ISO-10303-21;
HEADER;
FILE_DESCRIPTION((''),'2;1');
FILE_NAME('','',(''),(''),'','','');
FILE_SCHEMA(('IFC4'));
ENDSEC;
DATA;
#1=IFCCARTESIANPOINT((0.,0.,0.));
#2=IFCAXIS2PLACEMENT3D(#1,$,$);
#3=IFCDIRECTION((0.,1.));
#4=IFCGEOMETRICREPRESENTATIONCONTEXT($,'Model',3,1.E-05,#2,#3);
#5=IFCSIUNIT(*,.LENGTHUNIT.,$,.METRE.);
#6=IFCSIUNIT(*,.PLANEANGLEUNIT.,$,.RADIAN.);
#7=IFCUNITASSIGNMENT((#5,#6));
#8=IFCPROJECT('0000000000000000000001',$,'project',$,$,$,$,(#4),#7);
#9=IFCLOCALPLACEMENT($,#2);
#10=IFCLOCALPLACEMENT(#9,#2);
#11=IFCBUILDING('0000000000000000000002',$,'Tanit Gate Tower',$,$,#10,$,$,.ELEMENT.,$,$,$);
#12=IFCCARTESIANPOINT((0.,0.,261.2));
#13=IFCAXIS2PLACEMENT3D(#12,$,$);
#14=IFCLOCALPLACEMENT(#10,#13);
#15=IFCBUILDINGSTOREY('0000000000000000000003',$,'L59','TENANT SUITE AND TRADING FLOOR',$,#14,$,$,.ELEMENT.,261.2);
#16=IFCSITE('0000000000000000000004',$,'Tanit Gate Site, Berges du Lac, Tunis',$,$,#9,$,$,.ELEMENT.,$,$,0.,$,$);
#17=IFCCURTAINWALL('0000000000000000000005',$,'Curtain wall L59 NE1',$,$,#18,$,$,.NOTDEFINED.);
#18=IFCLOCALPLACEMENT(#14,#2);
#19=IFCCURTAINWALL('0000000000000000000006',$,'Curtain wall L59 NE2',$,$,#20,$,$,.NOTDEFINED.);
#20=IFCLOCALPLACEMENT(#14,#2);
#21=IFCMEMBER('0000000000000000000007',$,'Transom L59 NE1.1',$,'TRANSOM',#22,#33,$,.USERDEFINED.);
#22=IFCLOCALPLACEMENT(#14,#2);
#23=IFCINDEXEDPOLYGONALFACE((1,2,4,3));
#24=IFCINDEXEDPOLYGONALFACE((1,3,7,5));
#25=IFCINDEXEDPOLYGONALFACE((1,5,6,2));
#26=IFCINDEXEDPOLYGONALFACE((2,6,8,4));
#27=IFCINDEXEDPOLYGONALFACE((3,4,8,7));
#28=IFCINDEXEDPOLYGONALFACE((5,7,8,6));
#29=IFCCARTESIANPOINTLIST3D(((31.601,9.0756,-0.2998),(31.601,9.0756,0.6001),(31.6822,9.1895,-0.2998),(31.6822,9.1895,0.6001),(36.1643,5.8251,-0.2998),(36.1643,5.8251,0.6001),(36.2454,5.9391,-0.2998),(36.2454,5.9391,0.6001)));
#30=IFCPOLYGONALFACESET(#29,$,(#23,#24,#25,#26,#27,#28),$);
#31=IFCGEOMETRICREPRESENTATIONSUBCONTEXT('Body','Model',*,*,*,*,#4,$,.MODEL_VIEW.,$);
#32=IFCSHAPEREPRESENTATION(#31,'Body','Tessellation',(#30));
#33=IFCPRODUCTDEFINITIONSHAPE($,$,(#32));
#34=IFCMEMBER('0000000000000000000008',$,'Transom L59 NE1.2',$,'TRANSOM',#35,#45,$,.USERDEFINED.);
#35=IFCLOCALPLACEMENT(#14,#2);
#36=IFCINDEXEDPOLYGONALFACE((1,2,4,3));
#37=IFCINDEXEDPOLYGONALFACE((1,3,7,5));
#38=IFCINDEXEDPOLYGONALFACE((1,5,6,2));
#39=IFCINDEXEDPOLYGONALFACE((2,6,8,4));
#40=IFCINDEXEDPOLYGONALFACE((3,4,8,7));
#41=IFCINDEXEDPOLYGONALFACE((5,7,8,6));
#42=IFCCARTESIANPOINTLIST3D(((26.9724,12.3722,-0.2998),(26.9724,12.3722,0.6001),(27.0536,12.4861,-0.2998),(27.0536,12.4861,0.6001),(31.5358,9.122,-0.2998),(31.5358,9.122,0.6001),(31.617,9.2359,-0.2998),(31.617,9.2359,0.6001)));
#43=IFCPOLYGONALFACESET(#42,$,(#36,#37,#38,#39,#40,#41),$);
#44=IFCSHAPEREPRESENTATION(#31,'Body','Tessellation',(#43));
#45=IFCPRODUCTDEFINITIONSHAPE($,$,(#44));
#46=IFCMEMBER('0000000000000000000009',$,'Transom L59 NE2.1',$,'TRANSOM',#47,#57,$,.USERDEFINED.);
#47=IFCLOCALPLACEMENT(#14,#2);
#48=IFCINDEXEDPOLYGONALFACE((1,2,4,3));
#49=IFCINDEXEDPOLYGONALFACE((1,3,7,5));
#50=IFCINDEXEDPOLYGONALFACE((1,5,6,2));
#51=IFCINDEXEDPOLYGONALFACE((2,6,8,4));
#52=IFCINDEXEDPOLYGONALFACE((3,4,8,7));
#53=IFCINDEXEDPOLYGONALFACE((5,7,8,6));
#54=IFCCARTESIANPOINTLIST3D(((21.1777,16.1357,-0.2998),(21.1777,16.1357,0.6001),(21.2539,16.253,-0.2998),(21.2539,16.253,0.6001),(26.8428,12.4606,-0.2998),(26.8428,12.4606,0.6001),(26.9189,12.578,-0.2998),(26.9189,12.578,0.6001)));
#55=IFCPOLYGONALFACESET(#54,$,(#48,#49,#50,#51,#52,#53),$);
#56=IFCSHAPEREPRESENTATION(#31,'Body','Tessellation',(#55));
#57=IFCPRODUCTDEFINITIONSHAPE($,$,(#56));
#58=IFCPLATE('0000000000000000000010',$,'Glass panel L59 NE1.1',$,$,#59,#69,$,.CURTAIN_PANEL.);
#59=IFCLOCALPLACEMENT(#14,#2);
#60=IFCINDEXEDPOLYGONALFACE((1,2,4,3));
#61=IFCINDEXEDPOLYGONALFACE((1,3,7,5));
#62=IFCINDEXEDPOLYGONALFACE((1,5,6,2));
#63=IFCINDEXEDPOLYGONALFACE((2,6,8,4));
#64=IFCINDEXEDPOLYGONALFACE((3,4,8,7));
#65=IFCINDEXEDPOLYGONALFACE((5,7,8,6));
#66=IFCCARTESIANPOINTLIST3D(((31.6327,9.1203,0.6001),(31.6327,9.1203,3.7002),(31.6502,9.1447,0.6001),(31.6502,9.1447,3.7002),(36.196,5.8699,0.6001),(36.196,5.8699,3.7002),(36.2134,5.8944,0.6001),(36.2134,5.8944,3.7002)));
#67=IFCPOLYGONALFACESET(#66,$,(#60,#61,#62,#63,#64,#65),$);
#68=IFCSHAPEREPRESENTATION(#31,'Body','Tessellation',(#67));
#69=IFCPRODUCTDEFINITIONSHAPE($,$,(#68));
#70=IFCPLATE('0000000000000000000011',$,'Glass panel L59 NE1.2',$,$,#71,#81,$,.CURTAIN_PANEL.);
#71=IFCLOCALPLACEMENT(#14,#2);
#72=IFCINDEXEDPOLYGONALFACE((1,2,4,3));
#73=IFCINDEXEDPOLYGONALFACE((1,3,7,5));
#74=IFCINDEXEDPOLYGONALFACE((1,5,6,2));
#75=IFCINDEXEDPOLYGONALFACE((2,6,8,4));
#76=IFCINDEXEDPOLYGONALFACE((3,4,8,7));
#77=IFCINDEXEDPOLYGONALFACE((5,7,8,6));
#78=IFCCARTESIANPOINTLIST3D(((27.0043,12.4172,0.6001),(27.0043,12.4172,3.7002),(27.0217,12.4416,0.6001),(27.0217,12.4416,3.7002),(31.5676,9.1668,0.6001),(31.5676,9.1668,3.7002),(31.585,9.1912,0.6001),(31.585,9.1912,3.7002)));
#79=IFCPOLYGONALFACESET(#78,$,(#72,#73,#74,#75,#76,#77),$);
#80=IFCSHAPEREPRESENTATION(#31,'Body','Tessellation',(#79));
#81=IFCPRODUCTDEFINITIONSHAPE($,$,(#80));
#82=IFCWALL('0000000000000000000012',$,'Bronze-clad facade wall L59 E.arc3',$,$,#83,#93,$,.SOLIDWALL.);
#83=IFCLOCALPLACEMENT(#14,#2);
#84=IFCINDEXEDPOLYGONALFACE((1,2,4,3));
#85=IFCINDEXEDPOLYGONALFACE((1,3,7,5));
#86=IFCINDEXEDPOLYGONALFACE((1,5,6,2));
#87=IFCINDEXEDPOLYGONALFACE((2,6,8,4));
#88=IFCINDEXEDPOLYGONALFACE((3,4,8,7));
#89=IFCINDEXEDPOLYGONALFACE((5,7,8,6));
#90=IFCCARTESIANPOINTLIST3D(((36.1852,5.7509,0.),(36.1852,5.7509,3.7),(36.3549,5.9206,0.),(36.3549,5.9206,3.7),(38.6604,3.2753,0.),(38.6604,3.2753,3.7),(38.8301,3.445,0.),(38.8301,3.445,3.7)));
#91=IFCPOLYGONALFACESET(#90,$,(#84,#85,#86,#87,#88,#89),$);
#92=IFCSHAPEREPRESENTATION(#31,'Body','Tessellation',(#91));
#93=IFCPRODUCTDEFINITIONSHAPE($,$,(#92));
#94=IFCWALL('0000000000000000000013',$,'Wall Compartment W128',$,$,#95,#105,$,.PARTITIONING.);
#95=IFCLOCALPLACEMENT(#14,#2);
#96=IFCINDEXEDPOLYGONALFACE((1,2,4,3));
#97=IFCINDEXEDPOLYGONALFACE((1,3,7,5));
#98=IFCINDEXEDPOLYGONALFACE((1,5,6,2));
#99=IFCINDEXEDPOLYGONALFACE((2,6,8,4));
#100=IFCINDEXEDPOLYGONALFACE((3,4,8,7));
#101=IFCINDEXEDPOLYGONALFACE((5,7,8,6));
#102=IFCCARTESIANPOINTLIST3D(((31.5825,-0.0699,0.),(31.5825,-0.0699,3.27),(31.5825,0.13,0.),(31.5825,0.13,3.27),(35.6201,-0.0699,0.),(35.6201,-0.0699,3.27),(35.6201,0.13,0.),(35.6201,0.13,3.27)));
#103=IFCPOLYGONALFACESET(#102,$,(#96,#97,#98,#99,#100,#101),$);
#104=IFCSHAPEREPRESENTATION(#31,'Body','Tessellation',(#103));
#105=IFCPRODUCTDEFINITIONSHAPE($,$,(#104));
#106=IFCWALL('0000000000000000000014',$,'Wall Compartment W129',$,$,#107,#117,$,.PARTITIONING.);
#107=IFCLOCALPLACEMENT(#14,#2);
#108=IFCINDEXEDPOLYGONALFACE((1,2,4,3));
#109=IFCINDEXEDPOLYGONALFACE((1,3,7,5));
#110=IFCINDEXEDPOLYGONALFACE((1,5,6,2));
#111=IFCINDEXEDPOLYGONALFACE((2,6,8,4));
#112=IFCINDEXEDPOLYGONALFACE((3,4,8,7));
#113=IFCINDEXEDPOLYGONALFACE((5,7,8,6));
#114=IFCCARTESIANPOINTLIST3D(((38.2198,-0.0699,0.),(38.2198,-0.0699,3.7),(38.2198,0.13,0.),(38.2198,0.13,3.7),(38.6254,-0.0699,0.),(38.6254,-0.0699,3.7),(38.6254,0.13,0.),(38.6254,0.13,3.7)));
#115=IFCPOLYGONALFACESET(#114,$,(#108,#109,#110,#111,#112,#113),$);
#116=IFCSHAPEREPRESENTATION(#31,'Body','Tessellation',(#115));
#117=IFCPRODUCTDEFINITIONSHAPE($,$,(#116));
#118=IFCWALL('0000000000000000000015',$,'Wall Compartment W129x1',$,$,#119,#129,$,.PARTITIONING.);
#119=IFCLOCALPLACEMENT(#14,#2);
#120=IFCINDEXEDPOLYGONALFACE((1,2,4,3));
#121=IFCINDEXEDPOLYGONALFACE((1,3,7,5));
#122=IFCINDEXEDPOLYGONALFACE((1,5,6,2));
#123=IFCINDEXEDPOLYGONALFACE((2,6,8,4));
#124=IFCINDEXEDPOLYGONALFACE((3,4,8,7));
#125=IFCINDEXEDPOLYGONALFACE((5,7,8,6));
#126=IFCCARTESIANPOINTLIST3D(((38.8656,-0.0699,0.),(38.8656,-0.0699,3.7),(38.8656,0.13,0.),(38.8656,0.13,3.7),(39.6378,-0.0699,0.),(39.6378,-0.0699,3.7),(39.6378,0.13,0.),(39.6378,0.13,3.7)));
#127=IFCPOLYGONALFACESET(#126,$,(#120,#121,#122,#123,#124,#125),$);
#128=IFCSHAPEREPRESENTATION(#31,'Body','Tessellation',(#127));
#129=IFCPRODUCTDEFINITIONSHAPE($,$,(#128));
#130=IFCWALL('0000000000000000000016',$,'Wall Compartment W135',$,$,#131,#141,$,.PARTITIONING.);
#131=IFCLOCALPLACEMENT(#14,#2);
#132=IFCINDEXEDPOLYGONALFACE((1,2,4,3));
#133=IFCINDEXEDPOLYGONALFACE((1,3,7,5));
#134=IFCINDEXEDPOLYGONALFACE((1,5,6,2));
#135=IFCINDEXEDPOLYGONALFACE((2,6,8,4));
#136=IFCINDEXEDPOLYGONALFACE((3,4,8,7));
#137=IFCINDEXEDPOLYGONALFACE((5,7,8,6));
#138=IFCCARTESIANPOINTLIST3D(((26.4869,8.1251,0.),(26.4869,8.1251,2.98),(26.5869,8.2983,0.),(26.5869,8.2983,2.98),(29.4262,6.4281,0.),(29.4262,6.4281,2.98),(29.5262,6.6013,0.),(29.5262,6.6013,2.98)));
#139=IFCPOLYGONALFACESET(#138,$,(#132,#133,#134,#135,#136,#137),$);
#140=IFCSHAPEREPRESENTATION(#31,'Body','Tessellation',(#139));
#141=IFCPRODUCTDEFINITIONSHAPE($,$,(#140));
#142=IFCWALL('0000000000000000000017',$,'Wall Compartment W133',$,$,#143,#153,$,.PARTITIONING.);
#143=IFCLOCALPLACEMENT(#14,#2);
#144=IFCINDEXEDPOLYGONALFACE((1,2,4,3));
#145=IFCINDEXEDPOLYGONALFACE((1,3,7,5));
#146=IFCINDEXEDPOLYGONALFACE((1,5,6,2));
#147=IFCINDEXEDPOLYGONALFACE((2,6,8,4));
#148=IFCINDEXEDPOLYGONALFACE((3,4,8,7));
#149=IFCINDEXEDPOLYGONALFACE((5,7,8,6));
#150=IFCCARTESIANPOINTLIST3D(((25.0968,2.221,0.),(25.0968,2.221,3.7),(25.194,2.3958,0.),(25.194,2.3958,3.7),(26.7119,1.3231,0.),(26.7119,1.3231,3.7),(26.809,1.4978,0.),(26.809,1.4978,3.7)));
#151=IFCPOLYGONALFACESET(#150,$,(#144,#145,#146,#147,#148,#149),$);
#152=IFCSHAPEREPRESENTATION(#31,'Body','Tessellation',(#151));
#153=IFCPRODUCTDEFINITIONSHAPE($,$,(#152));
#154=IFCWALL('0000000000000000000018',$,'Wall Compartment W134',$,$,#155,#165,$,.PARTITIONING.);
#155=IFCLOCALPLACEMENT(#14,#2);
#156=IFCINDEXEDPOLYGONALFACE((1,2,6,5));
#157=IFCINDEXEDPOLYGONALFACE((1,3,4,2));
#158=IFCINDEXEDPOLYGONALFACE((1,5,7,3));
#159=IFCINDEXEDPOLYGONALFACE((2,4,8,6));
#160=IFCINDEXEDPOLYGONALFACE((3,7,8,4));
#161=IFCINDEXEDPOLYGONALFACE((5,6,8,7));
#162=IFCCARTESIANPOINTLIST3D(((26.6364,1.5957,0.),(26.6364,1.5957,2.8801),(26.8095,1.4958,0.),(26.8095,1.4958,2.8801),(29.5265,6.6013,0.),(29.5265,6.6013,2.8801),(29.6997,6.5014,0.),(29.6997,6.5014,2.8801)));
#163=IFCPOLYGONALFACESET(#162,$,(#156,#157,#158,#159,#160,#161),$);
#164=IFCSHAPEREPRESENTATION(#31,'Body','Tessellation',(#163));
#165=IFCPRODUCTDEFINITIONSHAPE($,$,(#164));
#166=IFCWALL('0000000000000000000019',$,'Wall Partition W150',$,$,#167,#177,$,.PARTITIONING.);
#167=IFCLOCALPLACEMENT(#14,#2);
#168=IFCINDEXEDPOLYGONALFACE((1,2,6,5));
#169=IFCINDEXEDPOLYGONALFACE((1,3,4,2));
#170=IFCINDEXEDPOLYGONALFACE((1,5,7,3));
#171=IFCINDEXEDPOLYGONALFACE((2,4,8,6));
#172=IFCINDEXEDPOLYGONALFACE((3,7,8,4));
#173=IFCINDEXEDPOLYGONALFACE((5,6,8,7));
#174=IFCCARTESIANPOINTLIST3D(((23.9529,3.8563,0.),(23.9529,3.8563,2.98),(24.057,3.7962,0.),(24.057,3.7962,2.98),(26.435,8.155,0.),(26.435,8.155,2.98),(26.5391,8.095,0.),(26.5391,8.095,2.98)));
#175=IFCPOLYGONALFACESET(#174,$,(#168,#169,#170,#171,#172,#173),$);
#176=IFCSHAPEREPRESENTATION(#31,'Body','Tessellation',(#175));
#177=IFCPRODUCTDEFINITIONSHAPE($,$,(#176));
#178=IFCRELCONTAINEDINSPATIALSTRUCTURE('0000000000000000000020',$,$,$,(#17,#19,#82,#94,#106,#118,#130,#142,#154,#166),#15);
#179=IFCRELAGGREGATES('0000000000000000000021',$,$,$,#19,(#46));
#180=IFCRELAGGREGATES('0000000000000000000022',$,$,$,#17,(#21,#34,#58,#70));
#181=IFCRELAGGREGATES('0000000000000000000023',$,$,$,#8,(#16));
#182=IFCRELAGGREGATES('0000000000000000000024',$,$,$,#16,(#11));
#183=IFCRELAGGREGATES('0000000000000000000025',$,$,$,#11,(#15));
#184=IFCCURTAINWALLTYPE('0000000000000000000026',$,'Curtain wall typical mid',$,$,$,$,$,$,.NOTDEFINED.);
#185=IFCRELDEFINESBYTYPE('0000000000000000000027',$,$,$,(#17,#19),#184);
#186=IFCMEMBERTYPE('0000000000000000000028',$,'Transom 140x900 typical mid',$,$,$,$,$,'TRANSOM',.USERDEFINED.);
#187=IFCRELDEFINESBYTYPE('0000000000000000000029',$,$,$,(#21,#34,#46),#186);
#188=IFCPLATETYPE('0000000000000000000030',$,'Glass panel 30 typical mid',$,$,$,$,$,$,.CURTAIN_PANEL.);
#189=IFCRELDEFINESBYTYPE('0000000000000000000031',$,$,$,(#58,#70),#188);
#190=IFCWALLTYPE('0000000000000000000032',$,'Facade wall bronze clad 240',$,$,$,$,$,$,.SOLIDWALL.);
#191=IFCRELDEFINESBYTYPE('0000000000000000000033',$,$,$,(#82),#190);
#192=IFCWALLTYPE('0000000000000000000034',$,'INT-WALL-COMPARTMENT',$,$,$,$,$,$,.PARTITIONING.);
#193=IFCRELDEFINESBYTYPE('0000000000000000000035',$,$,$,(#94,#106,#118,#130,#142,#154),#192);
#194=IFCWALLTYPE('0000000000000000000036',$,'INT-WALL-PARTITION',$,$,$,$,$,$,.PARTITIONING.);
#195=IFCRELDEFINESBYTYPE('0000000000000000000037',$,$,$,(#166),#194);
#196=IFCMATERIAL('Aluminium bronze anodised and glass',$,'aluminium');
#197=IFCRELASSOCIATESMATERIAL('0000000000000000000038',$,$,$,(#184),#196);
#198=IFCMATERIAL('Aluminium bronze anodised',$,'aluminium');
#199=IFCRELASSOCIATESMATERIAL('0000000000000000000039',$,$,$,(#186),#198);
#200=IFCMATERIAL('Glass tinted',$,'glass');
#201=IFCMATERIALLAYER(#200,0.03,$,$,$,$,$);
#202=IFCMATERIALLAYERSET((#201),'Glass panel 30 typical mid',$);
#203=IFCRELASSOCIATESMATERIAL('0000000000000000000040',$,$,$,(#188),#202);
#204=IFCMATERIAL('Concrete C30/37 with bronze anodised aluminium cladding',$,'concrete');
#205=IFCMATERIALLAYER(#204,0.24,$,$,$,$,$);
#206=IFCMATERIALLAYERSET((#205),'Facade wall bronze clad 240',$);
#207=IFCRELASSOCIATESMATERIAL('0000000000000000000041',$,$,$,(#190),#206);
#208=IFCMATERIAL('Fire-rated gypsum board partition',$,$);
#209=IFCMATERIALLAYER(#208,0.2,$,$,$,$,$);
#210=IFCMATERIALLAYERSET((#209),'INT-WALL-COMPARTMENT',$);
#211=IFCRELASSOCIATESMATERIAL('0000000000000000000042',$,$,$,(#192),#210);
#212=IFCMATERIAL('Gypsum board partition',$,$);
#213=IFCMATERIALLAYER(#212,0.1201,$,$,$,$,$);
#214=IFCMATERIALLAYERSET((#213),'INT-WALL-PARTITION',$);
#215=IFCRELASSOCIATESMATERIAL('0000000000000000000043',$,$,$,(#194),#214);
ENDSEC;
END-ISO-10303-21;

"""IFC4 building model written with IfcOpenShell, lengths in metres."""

from ifc_helpers import new_model, si_unit, direction, frame, frame_2d, origin, origin_2d, place, context, subcontext, project, spatial, rectangle, extrude, material, layer, layer_set, material_profile, profile_set, type_object, element, aggregate, save


model = new_model("IFC4")

# Units and contexts
model_context = context("Model", 3, precision=1e-05, world=origin(), true_north=direction((0.0, 1.0)))
body_context = subcontext(model_context, "Body", "Model", "MODEL_VIEW")
ifc_project = project(units=[si_unit("LENGTHUNIT", "METRE"), si_unit("PLANEANGLEUNIT", "RADIAN")], contexts=[model_context])

# Site, building, storey
site_placement = place(None, origin())
site = spatial("IfcSite", under=ifc_project, at=site_placement, Name="Tanit Gate Site, Berges du Lac, Tunis", CompositionType="ELEMENT", RefElevation=0.0)
building_placement = place(site_placement, origin())
building = spatial("IfcBuilding", under=site, at=building_placement, Name="Tanit Gate Tower", CompositionType="ELEMENT")
storey_placement = place(building_placement, frame((0.0, 0.0, 261.2)))
storey = spatial("IfcBuildingStorey", under=building, at=storey_placement, Name="L59", Description="TENANT SUITE AND TRADING FLOOR", CompositionType="ELEMENT", Elevation=261.2)

# Curtain walls
ifc_material_1 = material(Name="Aluminium bronze anodised and glass", Category="aluminium")
curtain_wall_type = type_object("IfcCurtainWallType", Name="Curtain wall typical mid", PredefinedType="NOTDEFINED", material=ifc_material_1)
curtain_wall_1_placement = place(storey_placement, origin())
curtain_wall_1 = element("IfcCurtainWall", 1, at=curtain_wall_1_placement, inside=storey, type_object=curtain_wall_type, Name="Curtain wall L59 NE1", PredefinedType="NOTDEFINED")
curtain_wall_2_placement = place(storey_placement, origin())
curtain_wall_2 = element("IfcCurtainWall", 2, at=curtain_wall_2_placement, inside=storey, type_object=curtain_wall_type, Name="Curtain wall L59 NE2", PredefinedType="NOTDEFINED")

# Members
ifc_material_2 = material(Name="Aluminium bronze anodised", Category="aluminium")
ifc_material_profile_1 = material_profile(ifc_material_2, rectangle(XDim=0.1399, YDim=0.8999, at=origin_2d()), Name="140x900 bronze transom")
ifc_profile_set_1 = profile_set([ifc_material_profile_1], Name="Aluminium bronze anodised")
member_type_1 = type_object("IfcMemberType", Name="Transom 140x900 typical mid", ElementType="TRANSOM", PredefinedType="USERDEFINED", material=ifc_profile_set_1)
member_1_placement = place(storey_placement, frame((36.2048, 5.8821, 0.1501), z_axis=(-0.814489, 0.580178, 0.0), x_axis=(-0.580178, -0.814489, 0.0)))
member_1 = element("IfcMember", 3, at=member_1_placement, type_object=member_type_1, Name="Transom L59 NE1.1", ObjectType="TRANSOM", PredefinedType="USERDEFINED", context=body_context, shape_type="SweptSolid", body=[
    extrude(rectangle(XDim=0.1399, YDim=0.8999, at=origin_2d()), origin(), (0.0, 0.0, 1.0), 5.6025),
])
member_2_placement = place(storey_placement, frame((31.5764, 9.179, 0.1501), z_axis=(-0.814525, 0.580129, 0.0), x_axis=(-0.580129, -0.814525, 0.0)))
member_2 = element("IfcMember", 4, at=member_2_placement, type_object=member_type_1, Name="Transom L59 NE1.2", ObjectType="TRANSOM", PredefinedType="USERDEFINED", context=body_context, shape_type="SweptSolid", body=[
    extrude(rectangle(XDim=0.1399, YDim=0.8999, at=origin_2d()), origin(), (0.0, 0.0, 1.0), 5.6025),
])
member_3_placement = place(storey_placement, frame((26.8809, 12.5193, 0.1501), z_axis=(-0.838932, 0.544236, 0.0), x_axis=(-0.544236, -0.838932, 0.0)))
member_3 = element("IfcMember", 5, at=member_3_placement, type_object=member_type_1, Name="Transom L59 NE2.1", ObjectType="TRANSOM", PredefinedType="USERDEFINED", context=body_context, shape_type="SweptSolid", body=[
    extrude(rectangle(XDim=0.1399, YDim=0.8999, at=origin_2d()), origin(), (0.0, 0.0, 1.0), 6.7527),
])
aggregate(curtain_wall_2, [member_3])

# Plates
ifc_material_3 = material(Name="Glass tinted", Category="glass")
ifc_layer_1 = layer(ifc_material_3, 0.03)
ifc_layer_set_1 = layer_set([ifc_layer_1], Name="Glass panel 30 typical mid")
plate_type = type_object("IfcPlateType", Name="Glass panel 30 typical mid", PredefinedType="CURTAIN_PANEL", material=ifc_layer_set_1)
plate_1_placement = place(storey_placement, frame((33.9231, 7.5073, 0.6001), z_axis=(0.0, 0.0, 1.0), x_axis=(-0.814503, 0.58016, 0.0)))
plate_1 = element("IfcPlate", 6, at=plate_1_placement, type_object=plate_type, Name="Glass panel L59 NE1.1", PredefinedType="CURTAIN_PANEL", context=body_context, shape_type="SweptSolid", body=[
    extrude(rectangle(XDim=5.6025, YDim=0.03, at=origin_2d()), origin(), (0.0, 0.0, 1.0), 3.1001),
])
plate_2_placement = place(storey_placement, frame((29.2947, 10.8042, 0.6001), z_axis=(0.0, 0.0, 1.0), x_axis=(-0.814503, 0.58016, 0.0)))
plate_2 = element("IfcPlate", 7, at=plate_2_placement, type_object=plate_type, Name="Glass panel L59 NE1.2", PredefinedType="CURTAIN_PANEL", context=body_context, shape_type="SweptSolid", body=[
    extrude(rectangle(XDim=5.6025, YDim=0.03, at=origin_2d()), origin(), (0.0, 0.0, 1.0), 3.1001),
])
aggregate(curtain_wall_1, [member_1, member_2, plate_1, plate_2])

# Walls
ifc_material_4 = material(Name="Concrete C30/37 with bronze anodised aluminium cladding", Category="concrete")
ifc_layer_2 = layer(ifc_material_4, 0.24)
ifc_layer_set_2 = layer_set([ifc_layer_2], Name="Facade wall bronze clad 240")
wall_type_1 = type_object("IfcWallType", Name="Facade wall bronze clad 240", PredefinedType="SOLIDWALL", material=ifc_layer_set_2)
wall_1_placement = place(storey_placement, frame((38.7454, 3.3601, 0.0), z_axis=(0.0, 0.0, 1.0), x_axis=(-0.707072, 0.707142, 0.0)))
element("IfcWall", 8, at=wall_1_placement, inside=storey, type_object=wall_type_1, Name="Bronze-clad facade wall L59 E.arc3", PredefinedType="SOLIDWALL", context=body_context, shape_type="SweptSolid", body=[
    extrude(rectangle(XDim=3.5007, YDim=0.24, at=frame_2d((1.7505, 0.0))), origin(), (0.0, 0.0, 1.0), 3.7),
])
ifc_material_5 = material(Name="Fire-rated gypsum board partition")
ifc_layer_3 = layer(ifc_material_5, 0.2)
ifc_layer_set_3 = layer_set([ifc_layer_3], Name="INT-WALL-COMPARTMENT")
wall_type_2 = type_object("IfcWallType", Name="INT-WALL-COMPARTMENT", PredefinedType="PARTITIONING", material=ifc_layer_set_3)
wall_2_placement = place(storey_placement, frame((31.5825, 0.03, 0.0), z_axis=(0.0, 0.0, 1.0), x_axis=(1.0, 0.0, 0.0)))
element("IfcWall", 9, at=wall_2_placement, inside=storey, type_object=wall_type_2, Name="Wall Compartment W128", PredefinedType="PARTITIONING", context=body_context, shape_type="SweptSolid", body=[
    extrude(rectangle(XDim=4.0376, YDim=0.2, at=frame_2d((2.0188, 0.0))), origin(), (0.0, 0.0, 1.0), 3.27),
])
wall_3_placement = place(storey_placement, frame((38.22, 0.03, 0.0), z_axis=(0.0, 0.0, 1.0), x_axis=(1.0, 0.0, 0.0)))
element("IfcWall", 10, at=wall_3_placement, inside=storey, type_object=wall_type_2, Name="Wall Compartment W129", PredefinedType="PARTITIONING", context=body_context, shape_type="SweptSolid", body=[
    extrude(rectangle(XDim=0.4055, YDim=0.2, at=frame_2d((0.2026, 0.0))), origin(), (0.0, 0.0, 1.0), 3.7),
])
wall_4_placement = place(storey_placement, frame((38.8655, 0.03, 0.0), z_axis=(0.0, 0.0, 1.0), x_axis=(1.0, 0.0, 0.0)))
element("IfcWall", 11, at=wall_4_placement, inside=storey, type_object=wall_type_2, Name="Wall Compartment W129x1", PredefinedType="PARTITIONING", context=body_context, shape_type="SweptSolid", body=[
    extrude(rectangle(XDim=0.7722, YDim=0.2, at=frame_2d((0.3862, 0.0))), origin(), (0.0, 0.0, 1.0), 3.7),
])
wall_5_placement = place(storey_placement, frame((26.5369, 8.2117, 0.0), z_axis=(0.0, 0.0, 1.0), x_axis=(0.866035, -0.499984, 0.0)))
element("IfcWall", 12, at=wall_5_placement, inside=storey, type_object=wall_type_2, Name="Wall Compartment W135", PredefinedType="PARTITIONING", context=body_context, shape_type="SweptSolid", body=[
    extrude(rectangle(XDim=3.394, YDim=0.2, at=frame_2d((1.697, 0.0))), origin(), (0.0, 0.0, 1.0), 2.98),
])
wall_6_placement = place(storey_placement, frame((25.1455, 2.3083, 0.0), z_axis=(0.0, 0.0, 1.0), x_axis=(0.873989, -0.485946, 0.0)))
element("IfcWall", 13, at=wall_6_placement, inside=storey, type_object=wall_type_2, Name="Wall Compartment W133", PredefinedType="PARTITIONING", context=body_context, shape_type="SweptSolid", body=[
    extrude(rectangle(XDim=1.8479, YDim=0.2, at=frame_2d((0.9238, 0.0))), origin(), (0.0, 0.0, 1.0), 3.7),
])
wall_7_placement = place(storey_placement, frame((26.7229, 1.5457, 0.0), z_axis=(0.0, 0.0, 1.0), x_axis=(0.500019, 0.866015, 0.0)))
element("IfcWall", 14, at=wall_7_placement, inside=storey, type_object=wall_type_2, Name="Wall Compartment W134", PredefinedType="PARTITIONING", context=body_context, shape_type="SweptSolid", body=[
    extrude(rectangle(XDim=5.78, YDim=0.2, at=frame_2d((2.8901, 0.0))), origin(), (0.0, 0.0, 1.0), 2.8801),
])
ifc_material_6 = material(Name="Gypsum board partition")
ifc_layer_4 = layer(ifc_material_6, 0.1201)
ifc_layer_set_4 = layer_set([ifc_layer_4], Name="INT-WALL-PARTITION")
wall_type_3 = type_object("IfcWallType", Name="INT-WALL-PARTITION", PredefinedType="PARTITIONING", material=ifc_layer_set_4)
wall_8_placement = place(storey_placement, frame((26.4871, 8.125, 0.0), z_axis=(0.0, 0.0, 1.0), x_axis=(-0.500037, -0.866004, 0.0)))
element("IfcWall", 15, at=wall_8_placement, inside=storey, type_object=wall_type_3, Name="Wall Partition W150", PredefinedType="PARTITIONING", context=body_context, shape_type="SweptSolid", body=[
    extrude(rectangle(XDim=4.9639, YDim=0.1201, at=frame_2d((2.4819, 0.0))), origin(), (0.0, 0.0, 1.0), 2.98),
])

save(model, "model.ifc")
